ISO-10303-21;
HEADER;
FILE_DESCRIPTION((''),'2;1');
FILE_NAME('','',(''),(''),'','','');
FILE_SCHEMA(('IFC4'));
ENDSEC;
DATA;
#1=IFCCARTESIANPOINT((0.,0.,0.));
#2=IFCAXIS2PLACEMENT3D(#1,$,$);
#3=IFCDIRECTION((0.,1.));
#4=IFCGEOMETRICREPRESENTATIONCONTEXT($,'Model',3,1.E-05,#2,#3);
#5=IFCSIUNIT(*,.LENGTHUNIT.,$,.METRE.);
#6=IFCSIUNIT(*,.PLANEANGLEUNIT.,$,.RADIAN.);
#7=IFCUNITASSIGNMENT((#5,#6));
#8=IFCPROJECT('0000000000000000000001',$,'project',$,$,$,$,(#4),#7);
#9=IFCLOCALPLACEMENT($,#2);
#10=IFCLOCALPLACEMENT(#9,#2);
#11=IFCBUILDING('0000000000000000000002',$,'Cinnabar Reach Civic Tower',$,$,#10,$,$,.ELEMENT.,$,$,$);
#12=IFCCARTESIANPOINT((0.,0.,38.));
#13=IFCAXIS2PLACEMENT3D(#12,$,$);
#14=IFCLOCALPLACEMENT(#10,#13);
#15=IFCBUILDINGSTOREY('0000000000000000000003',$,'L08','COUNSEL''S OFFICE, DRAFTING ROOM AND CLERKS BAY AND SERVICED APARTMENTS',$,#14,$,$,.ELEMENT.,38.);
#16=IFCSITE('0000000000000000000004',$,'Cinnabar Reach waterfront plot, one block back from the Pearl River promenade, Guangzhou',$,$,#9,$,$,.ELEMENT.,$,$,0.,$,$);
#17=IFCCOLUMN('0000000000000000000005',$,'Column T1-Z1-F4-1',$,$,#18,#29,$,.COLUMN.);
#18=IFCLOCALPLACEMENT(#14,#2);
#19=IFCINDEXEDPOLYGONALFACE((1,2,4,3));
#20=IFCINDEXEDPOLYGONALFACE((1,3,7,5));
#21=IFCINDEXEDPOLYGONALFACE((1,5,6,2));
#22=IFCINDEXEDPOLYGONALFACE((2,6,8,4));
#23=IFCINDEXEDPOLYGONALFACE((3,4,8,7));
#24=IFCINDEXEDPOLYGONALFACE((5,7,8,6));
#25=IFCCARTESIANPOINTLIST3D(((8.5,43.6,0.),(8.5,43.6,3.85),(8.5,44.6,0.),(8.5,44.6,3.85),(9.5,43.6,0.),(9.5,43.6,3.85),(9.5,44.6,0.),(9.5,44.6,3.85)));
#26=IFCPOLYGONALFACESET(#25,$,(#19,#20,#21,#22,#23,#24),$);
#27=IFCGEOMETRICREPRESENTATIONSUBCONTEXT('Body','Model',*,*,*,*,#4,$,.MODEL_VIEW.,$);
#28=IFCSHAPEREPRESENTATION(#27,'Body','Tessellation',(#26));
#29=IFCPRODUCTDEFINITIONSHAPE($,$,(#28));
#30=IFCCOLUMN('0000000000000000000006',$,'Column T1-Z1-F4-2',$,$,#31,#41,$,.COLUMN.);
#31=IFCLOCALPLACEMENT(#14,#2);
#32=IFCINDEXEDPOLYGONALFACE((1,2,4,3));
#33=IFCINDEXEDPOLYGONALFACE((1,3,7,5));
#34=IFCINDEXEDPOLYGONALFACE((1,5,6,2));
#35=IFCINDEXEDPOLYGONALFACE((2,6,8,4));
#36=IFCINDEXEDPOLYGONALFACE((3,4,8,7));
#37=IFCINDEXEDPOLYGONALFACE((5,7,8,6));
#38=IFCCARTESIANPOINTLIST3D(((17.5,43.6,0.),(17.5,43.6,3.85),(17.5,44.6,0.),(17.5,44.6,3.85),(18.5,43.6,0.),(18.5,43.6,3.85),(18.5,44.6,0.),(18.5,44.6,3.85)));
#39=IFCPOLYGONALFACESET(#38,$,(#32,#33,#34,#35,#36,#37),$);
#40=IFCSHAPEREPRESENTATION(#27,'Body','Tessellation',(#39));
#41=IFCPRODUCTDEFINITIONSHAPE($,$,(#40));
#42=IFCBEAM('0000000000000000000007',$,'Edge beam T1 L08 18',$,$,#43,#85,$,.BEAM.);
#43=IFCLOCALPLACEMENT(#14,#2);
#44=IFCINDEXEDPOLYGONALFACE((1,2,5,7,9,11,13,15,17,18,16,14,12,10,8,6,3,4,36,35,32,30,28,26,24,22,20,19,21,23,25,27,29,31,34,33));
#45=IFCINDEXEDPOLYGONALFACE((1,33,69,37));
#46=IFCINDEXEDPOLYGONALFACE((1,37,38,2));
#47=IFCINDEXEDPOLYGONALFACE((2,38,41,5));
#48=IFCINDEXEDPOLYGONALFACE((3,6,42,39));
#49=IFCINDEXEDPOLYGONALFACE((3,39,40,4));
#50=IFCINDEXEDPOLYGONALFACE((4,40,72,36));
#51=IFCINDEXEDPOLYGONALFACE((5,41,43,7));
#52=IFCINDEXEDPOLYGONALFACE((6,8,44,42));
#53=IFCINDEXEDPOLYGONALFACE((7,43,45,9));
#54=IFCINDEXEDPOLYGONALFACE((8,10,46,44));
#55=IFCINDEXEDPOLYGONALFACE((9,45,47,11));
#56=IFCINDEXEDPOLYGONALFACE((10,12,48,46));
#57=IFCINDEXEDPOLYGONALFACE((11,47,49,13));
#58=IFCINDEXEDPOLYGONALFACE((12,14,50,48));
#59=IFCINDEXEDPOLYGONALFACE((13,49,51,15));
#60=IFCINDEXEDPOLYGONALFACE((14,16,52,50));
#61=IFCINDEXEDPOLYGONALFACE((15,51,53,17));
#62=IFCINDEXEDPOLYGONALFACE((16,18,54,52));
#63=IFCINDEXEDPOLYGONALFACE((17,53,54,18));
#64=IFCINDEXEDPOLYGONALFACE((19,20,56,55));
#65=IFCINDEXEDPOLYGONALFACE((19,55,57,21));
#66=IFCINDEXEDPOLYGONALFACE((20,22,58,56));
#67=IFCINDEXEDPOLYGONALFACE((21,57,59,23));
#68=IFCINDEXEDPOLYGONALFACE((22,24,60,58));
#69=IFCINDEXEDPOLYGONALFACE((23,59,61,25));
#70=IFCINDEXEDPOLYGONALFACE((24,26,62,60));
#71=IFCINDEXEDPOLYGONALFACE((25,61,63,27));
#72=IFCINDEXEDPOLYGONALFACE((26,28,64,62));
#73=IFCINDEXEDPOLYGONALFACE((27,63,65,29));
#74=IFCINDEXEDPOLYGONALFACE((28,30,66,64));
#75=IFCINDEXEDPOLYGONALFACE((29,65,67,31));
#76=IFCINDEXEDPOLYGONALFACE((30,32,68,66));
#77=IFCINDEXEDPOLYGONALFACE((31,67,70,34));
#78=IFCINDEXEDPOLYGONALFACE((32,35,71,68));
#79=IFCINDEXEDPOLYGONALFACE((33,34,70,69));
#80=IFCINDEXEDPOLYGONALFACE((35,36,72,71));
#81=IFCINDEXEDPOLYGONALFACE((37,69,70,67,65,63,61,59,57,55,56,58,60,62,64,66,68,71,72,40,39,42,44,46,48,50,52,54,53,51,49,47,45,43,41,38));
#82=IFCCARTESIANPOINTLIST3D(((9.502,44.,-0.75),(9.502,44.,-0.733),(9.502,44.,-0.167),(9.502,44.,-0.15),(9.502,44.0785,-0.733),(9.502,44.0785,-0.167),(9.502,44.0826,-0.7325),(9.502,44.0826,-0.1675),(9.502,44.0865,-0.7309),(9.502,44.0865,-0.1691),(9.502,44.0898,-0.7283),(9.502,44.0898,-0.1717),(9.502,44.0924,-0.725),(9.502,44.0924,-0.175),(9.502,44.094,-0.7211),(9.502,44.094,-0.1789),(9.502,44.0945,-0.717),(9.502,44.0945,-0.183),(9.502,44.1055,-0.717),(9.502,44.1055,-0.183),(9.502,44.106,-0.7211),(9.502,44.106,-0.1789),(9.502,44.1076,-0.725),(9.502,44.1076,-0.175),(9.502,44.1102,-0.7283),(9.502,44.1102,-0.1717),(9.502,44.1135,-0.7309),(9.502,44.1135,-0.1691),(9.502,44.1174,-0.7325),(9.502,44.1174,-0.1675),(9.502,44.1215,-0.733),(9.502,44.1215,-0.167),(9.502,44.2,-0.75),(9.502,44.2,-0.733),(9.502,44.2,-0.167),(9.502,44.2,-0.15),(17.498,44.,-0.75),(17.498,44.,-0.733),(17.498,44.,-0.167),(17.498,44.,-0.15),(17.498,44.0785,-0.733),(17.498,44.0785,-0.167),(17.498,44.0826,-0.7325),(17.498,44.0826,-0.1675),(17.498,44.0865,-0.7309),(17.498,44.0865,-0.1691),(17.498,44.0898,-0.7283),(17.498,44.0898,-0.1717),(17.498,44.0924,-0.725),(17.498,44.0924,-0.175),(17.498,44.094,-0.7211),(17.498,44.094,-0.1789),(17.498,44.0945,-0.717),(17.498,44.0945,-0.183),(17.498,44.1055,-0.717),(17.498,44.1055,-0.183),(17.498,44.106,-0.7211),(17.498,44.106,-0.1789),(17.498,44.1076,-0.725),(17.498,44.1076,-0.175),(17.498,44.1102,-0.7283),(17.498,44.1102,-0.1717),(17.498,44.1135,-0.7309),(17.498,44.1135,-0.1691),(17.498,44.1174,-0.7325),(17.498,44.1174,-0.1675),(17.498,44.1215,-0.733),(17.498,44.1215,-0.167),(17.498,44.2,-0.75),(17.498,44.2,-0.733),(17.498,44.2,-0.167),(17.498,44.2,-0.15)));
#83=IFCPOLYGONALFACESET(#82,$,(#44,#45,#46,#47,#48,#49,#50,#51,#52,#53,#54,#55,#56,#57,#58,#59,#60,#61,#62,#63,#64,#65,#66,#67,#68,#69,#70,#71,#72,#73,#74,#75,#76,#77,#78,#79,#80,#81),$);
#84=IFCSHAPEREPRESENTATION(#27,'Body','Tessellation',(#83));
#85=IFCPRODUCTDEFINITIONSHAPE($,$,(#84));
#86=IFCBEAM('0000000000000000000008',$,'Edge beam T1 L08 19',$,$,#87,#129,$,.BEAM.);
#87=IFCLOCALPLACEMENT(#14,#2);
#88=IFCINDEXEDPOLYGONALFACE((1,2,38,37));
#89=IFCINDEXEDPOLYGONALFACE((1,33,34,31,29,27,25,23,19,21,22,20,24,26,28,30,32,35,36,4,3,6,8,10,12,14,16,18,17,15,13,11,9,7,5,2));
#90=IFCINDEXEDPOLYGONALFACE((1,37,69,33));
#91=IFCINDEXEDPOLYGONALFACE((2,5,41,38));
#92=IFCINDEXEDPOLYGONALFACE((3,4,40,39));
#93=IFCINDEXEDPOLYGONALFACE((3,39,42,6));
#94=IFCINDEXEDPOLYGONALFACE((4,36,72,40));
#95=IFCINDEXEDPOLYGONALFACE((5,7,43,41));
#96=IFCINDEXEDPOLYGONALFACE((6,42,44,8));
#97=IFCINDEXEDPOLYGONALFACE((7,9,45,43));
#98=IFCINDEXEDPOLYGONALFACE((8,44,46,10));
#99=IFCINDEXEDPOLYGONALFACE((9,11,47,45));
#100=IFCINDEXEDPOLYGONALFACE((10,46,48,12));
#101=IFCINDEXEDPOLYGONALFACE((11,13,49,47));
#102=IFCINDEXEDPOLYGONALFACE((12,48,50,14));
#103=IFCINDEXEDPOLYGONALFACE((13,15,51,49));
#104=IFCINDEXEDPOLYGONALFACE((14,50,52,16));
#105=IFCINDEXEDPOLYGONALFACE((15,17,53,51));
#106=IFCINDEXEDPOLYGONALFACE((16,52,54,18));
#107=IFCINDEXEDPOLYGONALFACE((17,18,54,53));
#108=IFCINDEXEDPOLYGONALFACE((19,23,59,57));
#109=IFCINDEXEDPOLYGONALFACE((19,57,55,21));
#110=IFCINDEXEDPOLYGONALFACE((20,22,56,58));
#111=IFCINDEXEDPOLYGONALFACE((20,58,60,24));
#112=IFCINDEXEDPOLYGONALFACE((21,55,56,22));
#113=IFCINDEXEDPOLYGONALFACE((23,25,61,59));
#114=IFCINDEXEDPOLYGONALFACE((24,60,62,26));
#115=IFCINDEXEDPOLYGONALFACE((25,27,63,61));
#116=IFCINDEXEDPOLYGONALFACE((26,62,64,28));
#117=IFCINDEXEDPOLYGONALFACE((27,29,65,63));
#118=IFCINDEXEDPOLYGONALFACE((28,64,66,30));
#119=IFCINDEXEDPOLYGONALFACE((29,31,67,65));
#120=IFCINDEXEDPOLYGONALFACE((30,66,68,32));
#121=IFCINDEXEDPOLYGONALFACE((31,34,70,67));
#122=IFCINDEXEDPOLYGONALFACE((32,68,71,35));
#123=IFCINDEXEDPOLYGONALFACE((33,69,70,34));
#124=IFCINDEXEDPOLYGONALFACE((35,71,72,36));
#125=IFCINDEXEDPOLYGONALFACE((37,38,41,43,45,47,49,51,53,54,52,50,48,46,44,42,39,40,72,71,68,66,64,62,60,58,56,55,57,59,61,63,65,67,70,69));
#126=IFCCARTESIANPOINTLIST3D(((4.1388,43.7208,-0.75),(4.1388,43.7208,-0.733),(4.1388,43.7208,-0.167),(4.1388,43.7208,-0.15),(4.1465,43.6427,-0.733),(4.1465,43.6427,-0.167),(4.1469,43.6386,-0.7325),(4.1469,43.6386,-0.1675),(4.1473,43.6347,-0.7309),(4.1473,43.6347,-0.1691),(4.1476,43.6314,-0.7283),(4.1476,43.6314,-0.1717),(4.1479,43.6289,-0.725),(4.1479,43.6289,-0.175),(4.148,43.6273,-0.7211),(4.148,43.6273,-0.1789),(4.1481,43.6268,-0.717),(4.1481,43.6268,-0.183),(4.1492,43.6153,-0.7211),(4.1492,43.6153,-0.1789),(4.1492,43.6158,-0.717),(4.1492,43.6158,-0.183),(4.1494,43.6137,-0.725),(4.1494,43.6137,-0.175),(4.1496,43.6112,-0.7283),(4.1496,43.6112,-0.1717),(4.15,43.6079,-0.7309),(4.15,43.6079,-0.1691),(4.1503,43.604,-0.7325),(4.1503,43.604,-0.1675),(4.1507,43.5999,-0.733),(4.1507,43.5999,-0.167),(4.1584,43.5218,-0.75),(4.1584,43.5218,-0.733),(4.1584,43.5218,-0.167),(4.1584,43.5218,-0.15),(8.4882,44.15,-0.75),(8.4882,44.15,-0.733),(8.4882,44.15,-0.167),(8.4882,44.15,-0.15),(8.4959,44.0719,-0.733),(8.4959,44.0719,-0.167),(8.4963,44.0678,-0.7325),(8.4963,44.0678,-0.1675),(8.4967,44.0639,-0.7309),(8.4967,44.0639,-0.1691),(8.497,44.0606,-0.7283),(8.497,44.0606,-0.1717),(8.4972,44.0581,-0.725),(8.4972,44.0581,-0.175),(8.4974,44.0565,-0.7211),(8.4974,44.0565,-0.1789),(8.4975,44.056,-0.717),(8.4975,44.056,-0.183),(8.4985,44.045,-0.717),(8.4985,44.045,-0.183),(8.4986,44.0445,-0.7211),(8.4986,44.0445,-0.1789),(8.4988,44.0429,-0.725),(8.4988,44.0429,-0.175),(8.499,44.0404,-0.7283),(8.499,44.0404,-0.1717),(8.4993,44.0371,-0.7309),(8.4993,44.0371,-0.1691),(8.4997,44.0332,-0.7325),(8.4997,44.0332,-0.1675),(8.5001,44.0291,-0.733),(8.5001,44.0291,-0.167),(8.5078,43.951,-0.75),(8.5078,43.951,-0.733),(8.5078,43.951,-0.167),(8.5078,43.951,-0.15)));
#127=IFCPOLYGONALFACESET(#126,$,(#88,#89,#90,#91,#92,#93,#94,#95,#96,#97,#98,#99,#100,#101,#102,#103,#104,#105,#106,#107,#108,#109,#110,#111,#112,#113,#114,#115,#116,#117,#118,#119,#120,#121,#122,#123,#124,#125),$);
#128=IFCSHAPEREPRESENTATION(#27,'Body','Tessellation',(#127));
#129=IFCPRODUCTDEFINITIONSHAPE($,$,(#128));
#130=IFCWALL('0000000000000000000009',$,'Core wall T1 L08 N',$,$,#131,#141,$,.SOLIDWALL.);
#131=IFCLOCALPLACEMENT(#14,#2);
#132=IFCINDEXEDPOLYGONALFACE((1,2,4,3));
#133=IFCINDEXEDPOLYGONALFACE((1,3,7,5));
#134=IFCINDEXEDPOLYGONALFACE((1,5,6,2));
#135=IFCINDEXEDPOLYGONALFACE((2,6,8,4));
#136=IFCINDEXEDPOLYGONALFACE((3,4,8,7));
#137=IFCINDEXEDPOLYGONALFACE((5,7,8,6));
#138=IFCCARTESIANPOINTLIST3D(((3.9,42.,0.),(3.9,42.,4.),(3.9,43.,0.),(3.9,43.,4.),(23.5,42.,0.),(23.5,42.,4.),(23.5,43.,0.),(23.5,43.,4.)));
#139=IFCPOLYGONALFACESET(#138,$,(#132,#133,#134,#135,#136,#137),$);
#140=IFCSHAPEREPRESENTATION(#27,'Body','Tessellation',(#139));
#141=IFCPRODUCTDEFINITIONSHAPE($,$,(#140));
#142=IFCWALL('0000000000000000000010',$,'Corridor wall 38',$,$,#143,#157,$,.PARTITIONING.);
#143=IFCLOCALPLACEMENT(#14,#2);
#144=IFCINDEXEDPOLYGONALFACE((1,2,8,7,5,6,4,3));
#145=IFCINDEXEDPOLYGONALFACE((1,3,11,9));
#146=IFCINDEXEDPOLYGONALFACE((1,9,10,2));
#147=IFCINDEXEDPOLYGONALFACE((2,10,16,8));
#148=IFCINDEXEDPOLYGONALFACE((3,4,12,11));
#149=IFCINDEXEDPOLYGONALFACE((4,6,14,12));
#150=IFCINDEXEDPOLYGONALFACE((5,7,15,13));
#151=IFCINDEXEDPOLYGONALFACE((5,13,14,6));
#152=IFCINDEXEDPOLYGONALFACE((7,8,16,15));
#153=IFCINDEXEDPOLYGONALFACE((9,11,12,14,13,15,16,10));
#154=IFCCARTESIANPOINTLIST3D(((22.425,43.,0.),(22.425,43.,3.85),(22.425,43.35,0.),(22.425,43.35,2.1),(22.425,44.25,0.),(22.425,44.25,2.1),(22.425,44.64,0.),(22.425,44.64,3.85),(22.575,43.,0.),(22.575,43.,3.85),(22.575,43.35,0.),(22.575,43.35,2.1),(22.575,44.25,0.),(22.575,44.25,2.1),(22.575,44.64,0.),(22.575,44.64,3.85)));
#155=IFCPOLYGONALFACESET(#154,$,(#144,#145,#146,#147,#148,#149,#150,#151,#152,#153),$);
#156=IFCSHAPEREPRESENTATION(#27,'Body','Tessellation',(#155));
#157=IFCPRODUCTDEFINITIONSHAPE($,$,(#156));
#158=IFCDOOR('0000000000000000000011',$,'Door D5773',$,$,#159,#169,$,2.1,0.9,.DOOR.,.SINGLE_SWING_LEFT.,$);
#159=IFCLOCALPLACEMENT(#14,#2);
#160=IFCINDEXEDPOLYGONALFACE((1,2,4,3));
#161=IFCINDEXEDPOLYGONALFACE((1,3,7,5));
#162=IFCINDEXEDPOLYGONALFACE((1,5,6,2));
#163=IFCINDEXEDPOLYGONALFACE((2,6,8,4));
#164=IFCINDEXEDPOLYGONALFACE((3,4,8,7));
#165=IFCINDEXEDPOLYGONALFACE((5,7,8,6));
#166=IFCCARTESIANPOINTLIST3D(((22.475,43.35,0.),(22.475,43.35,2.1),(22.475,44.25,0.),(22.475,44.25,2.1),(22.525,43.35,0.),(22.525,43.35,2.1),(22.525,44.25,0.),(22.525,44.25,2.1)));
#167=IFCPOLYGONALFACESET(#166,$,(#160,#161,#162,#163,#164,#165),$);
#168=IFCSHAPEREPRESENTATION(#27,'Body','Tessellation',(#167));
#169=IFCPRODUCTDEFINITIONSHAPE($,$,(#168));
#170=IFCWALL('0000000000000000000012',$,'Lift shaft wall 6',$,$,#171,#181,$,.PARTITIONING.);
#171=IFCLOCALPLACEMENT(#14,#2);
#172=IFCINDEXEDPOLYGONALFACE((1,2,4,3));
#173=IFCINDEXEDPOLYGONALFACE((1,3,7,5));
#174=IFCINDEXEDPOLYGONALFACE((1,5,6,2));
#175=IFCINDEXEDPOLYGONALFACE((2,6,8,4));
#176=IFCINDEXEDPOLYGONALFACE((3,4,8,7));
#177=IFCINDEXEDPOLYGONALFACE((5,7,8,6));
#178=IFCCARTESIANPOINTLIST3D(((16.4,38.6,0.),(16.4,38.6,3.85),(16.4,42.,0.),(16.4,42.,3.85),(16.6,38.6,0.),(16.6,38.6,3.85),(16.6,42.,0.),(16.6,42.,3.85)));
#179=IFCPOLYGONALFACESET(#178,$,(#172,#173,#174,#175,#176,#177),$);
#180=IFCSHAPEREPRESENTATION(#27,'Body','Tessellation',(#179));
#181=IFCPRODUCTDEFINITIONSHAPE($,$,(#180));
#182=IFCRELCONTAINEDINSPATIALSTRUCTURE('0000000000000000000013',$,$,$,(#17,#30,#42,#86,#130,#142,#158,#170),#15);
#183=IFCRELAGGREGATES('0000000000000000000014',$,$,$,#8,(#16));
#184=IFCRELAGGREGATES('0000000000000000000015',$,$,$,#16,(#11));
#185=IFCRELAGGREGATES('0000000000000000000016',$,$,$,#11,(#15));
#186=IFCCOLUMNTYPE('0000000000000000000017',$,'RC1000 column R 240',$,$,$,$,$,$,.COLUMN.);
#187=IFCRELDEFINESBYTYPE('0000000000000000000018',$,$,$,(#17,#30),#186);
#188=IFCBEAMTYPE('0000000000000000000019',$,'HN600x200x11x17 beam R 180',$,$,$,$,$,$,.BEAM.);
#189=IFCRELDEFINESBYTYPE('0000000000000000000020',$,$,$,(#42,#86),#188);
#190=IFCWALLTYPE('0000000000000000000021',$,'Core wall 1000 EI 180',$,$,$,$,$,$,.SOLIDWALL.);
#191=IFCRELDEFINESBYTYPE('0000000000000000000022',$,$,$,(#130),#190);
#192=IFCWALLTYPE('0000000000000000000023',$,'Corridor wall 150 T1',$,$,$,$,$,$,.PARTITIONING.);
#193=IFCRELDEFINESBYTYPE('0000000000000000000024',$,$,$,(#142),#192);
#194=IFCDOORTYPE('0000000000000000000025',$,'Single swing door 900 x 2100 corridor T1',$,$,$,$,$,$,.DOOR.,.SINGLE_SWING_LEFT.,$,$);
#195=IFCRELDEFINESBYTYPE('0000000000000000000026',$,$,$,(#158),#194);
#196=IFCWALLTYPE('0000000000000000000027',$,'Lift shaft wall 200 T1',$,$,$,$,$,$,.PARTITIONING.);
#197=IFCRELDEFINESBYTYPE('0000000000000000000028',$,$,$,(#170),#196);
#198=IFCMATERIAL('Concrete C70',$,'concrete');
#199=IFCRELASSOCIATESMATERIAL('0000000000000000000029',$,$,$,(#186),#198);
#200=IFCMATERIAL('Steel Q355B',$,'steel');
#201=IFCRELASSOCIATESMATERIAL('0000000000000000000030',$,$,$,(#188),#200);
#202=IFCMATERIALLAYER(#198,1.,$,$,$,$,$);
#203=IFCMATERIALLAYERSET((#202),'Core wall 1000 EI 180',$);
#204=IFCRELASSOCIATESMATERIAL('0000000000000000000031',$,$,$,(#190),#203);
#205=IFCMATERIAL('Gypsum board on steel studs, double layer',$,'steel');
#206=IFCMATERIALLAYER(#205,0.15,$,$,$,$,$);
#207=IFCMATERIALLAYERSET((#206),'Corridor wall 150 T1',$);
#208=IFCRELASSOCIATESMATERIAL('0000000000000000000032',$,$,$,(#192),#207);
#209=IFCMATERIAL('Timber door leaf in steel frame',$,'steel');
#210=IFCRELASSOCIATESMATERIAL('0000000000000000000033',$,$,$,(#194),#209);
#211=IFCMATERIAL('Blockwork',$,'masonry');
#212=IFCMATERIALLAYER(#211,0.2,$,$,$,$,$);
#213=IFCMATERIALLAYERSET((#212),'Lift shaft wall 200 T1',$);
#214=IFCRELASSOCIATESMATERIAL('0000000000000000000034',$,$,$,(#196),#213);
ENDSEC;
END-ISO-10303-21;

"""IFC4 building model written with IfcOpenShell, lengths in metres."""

from ifc_helpers import new_model, si_unit, direction, frame, frame_2d, origin, origin_2d, place, context, subcontext, project, spatial, rectangle, i_section, extrude, material, layer, layer_set, material_profile, profile_set, type_object, element, fill, save


model = new_model("IFC4")

# Units and contexts
model_context = context("Model", 3, precision=1e-05, world=origin(), true_north=direction((0.0, 1.0)))
body_context = subcontext(model_context, "Body", "Model", "MODEL_VIEW")
ifc_project = project(units=[si_unit("LENGTHUNIT", "METRE"), si_unit("PLANEANGLEUNIT", "RADIAN")], contexts=[model_context])

# Site, building, storey
site_placement = place(None, origin())
site = spatial("IfcSite", under=ifc_project, at=site_placement, Name="Cinnabar Reach waterfront plot, one block back from the Pearl River promenade, Guangzhou", CompositionType="ELEMENT", RefElevation=0.0)
building_placement = place(site_placement, origin())
building = spatial("IfcBuilding", under=site, at=building_placement, Name="Cinnabar Reach Civic Tower", CompositionType="ELEMENT")
storey_placement = place(building_placement, frame((0.0, 0.0, 38.0)))
storey = spatial("IfcBuildingStorey", under=building, at=storey_placement, Name="L08", Description="COUNSEL'S OFFICE, DRAFTING ROOM AND CLERKS BAY AND SERVICED APARTMENTS", CompositionType="ELEMENT", Elevation=38.0)

# Columns
ifc_material_1 = material(Name="Concrete C70", Category="concrete")
ifc_material_profile_1 = material_profile(ifc_material_1, rectangle(XDim=1.0, YDim=1.0, at=origin_2d()), Name="RC1000")
ifc_profile_set_1 = profile_set([ifc_material_profile_1], Name="Concrete C70")
column_type = type_object("IfcColumnType", Name="RC1000 column R 240", PredefinedType="COLUMN", material=ifc_profile_set_1)
for number, where, z_axis, x_axis, name in (
    (1, (9.0, 44.1, 0.0), (0.0, 0.0, 1.0), (1.0, 0.0, 0.0), "Column T1-Z1-F4-1"),
    (2, (18.0, 44.1, 0.0), (0.0, 0.0, 1.0), (1.0, 0.0, 0.0), "Column T1-Z1-F4-2"),
):
    element("IfcColumn", number, at=place(storey_placement, frame(where, z_axis=z_axis, x_axis=x_axis)), inside=storey, type_object=column_type, Name=name, PredefinedType="COLUMN", context=body_context, shape_type="SweptSolid", body=[
        extrude(rectangle(XDim=1.0, YDim=1.0, at=origin_2d()), origin(), (0.0, 0.0, 1.0), 3.85),
    ])

# Beams
ifc_material_2 = material(Name="Steel Q355B", Category="steel")
ifc_material_profile_2 = material_profile(ifc_material_2, i_section(OverallWidth=0.2, OverallDepth=0.6, WebThickness=0.011, FlangeThickness=0.017, FilletRadius=0.016, at=origin_2d()), Name="HN600x200x11x17")
ifc_profile_set_2 = profile_set([ifc_material_profile_2], Name="Steel Q355B")
beam_type = type_object("IfcBeamType", Name="HN600x200x11x17 beam R 180", PredefinedType="BEAM", material=ifc_profile_set_2)
beam_1_placement = place(storey_placement, frame((17.498, 44.1, -0.45), z_axis=(-1.0, 0.0, 0.0), x_axis=(0.0, -1.0, 0.0)))
element("IfcBeam", 3, at=beam_1_placement, inside=storey, type_object=beam_type, Name="Edge beam T1 L08 18", PredefinedType="BEAM", context=body_context, shape_type="SweptSolid", body=[
    extrude(i_section(OverallWidth=0.2, OverallDepth=0.6, WebThickness=0.011, FlangeThickness=0.017, FilletRadius=0.016, at=origin_2d()), origin(), (0.0, 0.0, 1.0), 7.996),
])
beam_2_placement = place(storey_placement, frame((8.498, 44.0505, -0.45), z_axis=(-0.995166, -0.098203, 0.0), x_axis=(0.098203, -0.995166, 0.0)))
element("IfcBeam", 4, at=beam_2_placement, inside=storey, type_object=beam_type, Name="Edge beam T1 L08 19", PredefinedType="BEAM", context=body_context, shape_type="SweptSolid", body=[
    extrude(i_section(OverallWidth=0.2, OverallDepth=0.6, WebThickness=0.011, FlangeThickness=0.017, FilletRadius=0.016, at=origin_2d()), origin(), (0.0, 0.0, 1.0), 4.3705),
])

# Wall
ifc_layer_1 = layer(ifc_material_1, 1.0)
ifc_layer_set_1 = layer_set([ifc_layer_1], Name="Core wall 1000 EI 180")
wall_type_1 = type_object("IfcWallType", Name="Core wall 1000 EI 180", PredefinedType="SOLIDWALL", material=ifc_layer_set_1)
wall_1_placement = place(storey_placement, frame((23.5, 42.5, 0.0), z_axis=(0.0, 0.0, 1.0), x_axis=(-1.0, 0.0, 0.0)))
element("IfcWall", 5, at=wall_1_placement, inside=storey, type_object=wall_type_1, Name="Core wall T1 L08 N", PredefinedType="SOLIDWALL", context=body_context, shape_type="SweptSolid", body=[
    extrude(rectangle(XDim=19.6, YDim=1.0, at=frame_2d((9.8, 0.0))), origin(), (0.0, 0.0, 1.0), 4.0),
])

# Wall, opening, door
ifc_material_3 = material(Name="Gypsum board on steel studs, double layer", Category="steel")
ifc_layer_2 = layer(ifc_material_3, 0.15)
ifc_layer_set_2 = layer_set([ifc_layer_2], Name="Corridor wall 150 T1")
wall_type_2 = type_object("IfcWallType", Name="Corridor wall 150 T1", PredefinedType="PARTITIONING", material=ifc_layer_set_2)
wall_2_placement = place(storey_placement, frame((22.5, 43.0, 0.0), z_axis=(0.0, 0.0, 1.0), x_axis=(0.0, 1.0, 0.0)))
wall_2 = element("IfcWall", 6, at=wall_2_placement, inside=storey, type_object=wall_type_2, Name="Corridor wall 38", PredefinedType="PARTITIONING", context=body_context, shape_type="SweptSolid", body=[
    extrude(rectangle(XDim=1.64, YDim=0.15, at=frame_2d((0.82, 0.0))), origin(), (0.0, 0.0, 1.0), 3.85),
])
opening_1_placement = place(wall_2_placement, frame((0.35, 0.0, 0.0)))
opening_1 = element("IfcOpeningElement", 7, at=opening_1_placement, cuts=wall_2, PredefinedType="OPENING", context=body_context, shape_type="SweptSolid", body=[
    extrude(rectangle(XDim=0.9, YDim=2.1, at=frame_2d((0.45, 1.05))), frame((0.0, 0.085, 0.0), z_axis=(0.0, -1.0, 0.0), x_axis=(1.0, 0.0, 0.0)), (0.0, 0.0, 1.0), 0.17),
])
ifc_material_4 = material(Name="Timber door leaf in steel frame", Category="steel")
door_type_1 = type_object("IfcDoorType", Name="Single swing door 900 x 2100 corridor T1", OperationType="SINGLE_SWING_LEFT", PredefinedType="DOOR", material=ifc_material_4)
door_1_placement = place(opening_1_placement, origin())
door_1 = element("IfcDoor", 8, at=door_1_placement, inside=storey, type_object=door_type_1, Name="Door D5773", OperationType="SINGLE_SWING_LEFT", OverallHeight=2.1, OverallWidth=0.9, PredefinedType="DOOR", context=body_context, shape_type="SweptSolid", body=[
    extrude(rectangle(XDim=0.9, YDim=2.1, at=frame_2d((0.45, 1.05))), frame((0.0, 0.025, 0.0), z_axis=(0.0, -1.0, 0.0), x_axis=(1.0, 0.0, 0.0)), (0.0, 0.0, 1.0), 0.05),
])
fill(opening_1, door_1)

# Wall
ifc_material_5 = material(Name="Blockwork", Category="masonry")
ifc_layer_3 = layer(ifc_material_5, 0.2)
ifc_layer_set_3 = layer_set([ifc_layer_3], Name="Lift shaft wall 200 T1")
wall_type_3 = type_object("IfcWallType", Name="Lift shaft wall 200 T1", PredefinedType="PARTITIONING", material=ifc_layer_set_3)
for number, where, z_axis, x_axis, name in (
    (9, (16.5, 38.6, 0.0), (0.0, 0.0, 1.0), (0.0, 1.0, 0.0), "Lift shaft wall 6"),
):
    element("IfcWall", number, at=place(storey_placement, frame(where, z_axis=z_axis, x_axis=x_axis)), inside=storey, type_object=wall_type_3, Name=name, PredefinedType="PARTITIONING", context=body_context, shape_type="SweptSolid", body=[
        extrude(rectangle(XDim=3.4, YDim=0.2, at=frame_2d((1.7, 0.0))), origin(), (0.0, 0.0, 1.0), 3.85),
    ])

save(model, "model.ifc")
